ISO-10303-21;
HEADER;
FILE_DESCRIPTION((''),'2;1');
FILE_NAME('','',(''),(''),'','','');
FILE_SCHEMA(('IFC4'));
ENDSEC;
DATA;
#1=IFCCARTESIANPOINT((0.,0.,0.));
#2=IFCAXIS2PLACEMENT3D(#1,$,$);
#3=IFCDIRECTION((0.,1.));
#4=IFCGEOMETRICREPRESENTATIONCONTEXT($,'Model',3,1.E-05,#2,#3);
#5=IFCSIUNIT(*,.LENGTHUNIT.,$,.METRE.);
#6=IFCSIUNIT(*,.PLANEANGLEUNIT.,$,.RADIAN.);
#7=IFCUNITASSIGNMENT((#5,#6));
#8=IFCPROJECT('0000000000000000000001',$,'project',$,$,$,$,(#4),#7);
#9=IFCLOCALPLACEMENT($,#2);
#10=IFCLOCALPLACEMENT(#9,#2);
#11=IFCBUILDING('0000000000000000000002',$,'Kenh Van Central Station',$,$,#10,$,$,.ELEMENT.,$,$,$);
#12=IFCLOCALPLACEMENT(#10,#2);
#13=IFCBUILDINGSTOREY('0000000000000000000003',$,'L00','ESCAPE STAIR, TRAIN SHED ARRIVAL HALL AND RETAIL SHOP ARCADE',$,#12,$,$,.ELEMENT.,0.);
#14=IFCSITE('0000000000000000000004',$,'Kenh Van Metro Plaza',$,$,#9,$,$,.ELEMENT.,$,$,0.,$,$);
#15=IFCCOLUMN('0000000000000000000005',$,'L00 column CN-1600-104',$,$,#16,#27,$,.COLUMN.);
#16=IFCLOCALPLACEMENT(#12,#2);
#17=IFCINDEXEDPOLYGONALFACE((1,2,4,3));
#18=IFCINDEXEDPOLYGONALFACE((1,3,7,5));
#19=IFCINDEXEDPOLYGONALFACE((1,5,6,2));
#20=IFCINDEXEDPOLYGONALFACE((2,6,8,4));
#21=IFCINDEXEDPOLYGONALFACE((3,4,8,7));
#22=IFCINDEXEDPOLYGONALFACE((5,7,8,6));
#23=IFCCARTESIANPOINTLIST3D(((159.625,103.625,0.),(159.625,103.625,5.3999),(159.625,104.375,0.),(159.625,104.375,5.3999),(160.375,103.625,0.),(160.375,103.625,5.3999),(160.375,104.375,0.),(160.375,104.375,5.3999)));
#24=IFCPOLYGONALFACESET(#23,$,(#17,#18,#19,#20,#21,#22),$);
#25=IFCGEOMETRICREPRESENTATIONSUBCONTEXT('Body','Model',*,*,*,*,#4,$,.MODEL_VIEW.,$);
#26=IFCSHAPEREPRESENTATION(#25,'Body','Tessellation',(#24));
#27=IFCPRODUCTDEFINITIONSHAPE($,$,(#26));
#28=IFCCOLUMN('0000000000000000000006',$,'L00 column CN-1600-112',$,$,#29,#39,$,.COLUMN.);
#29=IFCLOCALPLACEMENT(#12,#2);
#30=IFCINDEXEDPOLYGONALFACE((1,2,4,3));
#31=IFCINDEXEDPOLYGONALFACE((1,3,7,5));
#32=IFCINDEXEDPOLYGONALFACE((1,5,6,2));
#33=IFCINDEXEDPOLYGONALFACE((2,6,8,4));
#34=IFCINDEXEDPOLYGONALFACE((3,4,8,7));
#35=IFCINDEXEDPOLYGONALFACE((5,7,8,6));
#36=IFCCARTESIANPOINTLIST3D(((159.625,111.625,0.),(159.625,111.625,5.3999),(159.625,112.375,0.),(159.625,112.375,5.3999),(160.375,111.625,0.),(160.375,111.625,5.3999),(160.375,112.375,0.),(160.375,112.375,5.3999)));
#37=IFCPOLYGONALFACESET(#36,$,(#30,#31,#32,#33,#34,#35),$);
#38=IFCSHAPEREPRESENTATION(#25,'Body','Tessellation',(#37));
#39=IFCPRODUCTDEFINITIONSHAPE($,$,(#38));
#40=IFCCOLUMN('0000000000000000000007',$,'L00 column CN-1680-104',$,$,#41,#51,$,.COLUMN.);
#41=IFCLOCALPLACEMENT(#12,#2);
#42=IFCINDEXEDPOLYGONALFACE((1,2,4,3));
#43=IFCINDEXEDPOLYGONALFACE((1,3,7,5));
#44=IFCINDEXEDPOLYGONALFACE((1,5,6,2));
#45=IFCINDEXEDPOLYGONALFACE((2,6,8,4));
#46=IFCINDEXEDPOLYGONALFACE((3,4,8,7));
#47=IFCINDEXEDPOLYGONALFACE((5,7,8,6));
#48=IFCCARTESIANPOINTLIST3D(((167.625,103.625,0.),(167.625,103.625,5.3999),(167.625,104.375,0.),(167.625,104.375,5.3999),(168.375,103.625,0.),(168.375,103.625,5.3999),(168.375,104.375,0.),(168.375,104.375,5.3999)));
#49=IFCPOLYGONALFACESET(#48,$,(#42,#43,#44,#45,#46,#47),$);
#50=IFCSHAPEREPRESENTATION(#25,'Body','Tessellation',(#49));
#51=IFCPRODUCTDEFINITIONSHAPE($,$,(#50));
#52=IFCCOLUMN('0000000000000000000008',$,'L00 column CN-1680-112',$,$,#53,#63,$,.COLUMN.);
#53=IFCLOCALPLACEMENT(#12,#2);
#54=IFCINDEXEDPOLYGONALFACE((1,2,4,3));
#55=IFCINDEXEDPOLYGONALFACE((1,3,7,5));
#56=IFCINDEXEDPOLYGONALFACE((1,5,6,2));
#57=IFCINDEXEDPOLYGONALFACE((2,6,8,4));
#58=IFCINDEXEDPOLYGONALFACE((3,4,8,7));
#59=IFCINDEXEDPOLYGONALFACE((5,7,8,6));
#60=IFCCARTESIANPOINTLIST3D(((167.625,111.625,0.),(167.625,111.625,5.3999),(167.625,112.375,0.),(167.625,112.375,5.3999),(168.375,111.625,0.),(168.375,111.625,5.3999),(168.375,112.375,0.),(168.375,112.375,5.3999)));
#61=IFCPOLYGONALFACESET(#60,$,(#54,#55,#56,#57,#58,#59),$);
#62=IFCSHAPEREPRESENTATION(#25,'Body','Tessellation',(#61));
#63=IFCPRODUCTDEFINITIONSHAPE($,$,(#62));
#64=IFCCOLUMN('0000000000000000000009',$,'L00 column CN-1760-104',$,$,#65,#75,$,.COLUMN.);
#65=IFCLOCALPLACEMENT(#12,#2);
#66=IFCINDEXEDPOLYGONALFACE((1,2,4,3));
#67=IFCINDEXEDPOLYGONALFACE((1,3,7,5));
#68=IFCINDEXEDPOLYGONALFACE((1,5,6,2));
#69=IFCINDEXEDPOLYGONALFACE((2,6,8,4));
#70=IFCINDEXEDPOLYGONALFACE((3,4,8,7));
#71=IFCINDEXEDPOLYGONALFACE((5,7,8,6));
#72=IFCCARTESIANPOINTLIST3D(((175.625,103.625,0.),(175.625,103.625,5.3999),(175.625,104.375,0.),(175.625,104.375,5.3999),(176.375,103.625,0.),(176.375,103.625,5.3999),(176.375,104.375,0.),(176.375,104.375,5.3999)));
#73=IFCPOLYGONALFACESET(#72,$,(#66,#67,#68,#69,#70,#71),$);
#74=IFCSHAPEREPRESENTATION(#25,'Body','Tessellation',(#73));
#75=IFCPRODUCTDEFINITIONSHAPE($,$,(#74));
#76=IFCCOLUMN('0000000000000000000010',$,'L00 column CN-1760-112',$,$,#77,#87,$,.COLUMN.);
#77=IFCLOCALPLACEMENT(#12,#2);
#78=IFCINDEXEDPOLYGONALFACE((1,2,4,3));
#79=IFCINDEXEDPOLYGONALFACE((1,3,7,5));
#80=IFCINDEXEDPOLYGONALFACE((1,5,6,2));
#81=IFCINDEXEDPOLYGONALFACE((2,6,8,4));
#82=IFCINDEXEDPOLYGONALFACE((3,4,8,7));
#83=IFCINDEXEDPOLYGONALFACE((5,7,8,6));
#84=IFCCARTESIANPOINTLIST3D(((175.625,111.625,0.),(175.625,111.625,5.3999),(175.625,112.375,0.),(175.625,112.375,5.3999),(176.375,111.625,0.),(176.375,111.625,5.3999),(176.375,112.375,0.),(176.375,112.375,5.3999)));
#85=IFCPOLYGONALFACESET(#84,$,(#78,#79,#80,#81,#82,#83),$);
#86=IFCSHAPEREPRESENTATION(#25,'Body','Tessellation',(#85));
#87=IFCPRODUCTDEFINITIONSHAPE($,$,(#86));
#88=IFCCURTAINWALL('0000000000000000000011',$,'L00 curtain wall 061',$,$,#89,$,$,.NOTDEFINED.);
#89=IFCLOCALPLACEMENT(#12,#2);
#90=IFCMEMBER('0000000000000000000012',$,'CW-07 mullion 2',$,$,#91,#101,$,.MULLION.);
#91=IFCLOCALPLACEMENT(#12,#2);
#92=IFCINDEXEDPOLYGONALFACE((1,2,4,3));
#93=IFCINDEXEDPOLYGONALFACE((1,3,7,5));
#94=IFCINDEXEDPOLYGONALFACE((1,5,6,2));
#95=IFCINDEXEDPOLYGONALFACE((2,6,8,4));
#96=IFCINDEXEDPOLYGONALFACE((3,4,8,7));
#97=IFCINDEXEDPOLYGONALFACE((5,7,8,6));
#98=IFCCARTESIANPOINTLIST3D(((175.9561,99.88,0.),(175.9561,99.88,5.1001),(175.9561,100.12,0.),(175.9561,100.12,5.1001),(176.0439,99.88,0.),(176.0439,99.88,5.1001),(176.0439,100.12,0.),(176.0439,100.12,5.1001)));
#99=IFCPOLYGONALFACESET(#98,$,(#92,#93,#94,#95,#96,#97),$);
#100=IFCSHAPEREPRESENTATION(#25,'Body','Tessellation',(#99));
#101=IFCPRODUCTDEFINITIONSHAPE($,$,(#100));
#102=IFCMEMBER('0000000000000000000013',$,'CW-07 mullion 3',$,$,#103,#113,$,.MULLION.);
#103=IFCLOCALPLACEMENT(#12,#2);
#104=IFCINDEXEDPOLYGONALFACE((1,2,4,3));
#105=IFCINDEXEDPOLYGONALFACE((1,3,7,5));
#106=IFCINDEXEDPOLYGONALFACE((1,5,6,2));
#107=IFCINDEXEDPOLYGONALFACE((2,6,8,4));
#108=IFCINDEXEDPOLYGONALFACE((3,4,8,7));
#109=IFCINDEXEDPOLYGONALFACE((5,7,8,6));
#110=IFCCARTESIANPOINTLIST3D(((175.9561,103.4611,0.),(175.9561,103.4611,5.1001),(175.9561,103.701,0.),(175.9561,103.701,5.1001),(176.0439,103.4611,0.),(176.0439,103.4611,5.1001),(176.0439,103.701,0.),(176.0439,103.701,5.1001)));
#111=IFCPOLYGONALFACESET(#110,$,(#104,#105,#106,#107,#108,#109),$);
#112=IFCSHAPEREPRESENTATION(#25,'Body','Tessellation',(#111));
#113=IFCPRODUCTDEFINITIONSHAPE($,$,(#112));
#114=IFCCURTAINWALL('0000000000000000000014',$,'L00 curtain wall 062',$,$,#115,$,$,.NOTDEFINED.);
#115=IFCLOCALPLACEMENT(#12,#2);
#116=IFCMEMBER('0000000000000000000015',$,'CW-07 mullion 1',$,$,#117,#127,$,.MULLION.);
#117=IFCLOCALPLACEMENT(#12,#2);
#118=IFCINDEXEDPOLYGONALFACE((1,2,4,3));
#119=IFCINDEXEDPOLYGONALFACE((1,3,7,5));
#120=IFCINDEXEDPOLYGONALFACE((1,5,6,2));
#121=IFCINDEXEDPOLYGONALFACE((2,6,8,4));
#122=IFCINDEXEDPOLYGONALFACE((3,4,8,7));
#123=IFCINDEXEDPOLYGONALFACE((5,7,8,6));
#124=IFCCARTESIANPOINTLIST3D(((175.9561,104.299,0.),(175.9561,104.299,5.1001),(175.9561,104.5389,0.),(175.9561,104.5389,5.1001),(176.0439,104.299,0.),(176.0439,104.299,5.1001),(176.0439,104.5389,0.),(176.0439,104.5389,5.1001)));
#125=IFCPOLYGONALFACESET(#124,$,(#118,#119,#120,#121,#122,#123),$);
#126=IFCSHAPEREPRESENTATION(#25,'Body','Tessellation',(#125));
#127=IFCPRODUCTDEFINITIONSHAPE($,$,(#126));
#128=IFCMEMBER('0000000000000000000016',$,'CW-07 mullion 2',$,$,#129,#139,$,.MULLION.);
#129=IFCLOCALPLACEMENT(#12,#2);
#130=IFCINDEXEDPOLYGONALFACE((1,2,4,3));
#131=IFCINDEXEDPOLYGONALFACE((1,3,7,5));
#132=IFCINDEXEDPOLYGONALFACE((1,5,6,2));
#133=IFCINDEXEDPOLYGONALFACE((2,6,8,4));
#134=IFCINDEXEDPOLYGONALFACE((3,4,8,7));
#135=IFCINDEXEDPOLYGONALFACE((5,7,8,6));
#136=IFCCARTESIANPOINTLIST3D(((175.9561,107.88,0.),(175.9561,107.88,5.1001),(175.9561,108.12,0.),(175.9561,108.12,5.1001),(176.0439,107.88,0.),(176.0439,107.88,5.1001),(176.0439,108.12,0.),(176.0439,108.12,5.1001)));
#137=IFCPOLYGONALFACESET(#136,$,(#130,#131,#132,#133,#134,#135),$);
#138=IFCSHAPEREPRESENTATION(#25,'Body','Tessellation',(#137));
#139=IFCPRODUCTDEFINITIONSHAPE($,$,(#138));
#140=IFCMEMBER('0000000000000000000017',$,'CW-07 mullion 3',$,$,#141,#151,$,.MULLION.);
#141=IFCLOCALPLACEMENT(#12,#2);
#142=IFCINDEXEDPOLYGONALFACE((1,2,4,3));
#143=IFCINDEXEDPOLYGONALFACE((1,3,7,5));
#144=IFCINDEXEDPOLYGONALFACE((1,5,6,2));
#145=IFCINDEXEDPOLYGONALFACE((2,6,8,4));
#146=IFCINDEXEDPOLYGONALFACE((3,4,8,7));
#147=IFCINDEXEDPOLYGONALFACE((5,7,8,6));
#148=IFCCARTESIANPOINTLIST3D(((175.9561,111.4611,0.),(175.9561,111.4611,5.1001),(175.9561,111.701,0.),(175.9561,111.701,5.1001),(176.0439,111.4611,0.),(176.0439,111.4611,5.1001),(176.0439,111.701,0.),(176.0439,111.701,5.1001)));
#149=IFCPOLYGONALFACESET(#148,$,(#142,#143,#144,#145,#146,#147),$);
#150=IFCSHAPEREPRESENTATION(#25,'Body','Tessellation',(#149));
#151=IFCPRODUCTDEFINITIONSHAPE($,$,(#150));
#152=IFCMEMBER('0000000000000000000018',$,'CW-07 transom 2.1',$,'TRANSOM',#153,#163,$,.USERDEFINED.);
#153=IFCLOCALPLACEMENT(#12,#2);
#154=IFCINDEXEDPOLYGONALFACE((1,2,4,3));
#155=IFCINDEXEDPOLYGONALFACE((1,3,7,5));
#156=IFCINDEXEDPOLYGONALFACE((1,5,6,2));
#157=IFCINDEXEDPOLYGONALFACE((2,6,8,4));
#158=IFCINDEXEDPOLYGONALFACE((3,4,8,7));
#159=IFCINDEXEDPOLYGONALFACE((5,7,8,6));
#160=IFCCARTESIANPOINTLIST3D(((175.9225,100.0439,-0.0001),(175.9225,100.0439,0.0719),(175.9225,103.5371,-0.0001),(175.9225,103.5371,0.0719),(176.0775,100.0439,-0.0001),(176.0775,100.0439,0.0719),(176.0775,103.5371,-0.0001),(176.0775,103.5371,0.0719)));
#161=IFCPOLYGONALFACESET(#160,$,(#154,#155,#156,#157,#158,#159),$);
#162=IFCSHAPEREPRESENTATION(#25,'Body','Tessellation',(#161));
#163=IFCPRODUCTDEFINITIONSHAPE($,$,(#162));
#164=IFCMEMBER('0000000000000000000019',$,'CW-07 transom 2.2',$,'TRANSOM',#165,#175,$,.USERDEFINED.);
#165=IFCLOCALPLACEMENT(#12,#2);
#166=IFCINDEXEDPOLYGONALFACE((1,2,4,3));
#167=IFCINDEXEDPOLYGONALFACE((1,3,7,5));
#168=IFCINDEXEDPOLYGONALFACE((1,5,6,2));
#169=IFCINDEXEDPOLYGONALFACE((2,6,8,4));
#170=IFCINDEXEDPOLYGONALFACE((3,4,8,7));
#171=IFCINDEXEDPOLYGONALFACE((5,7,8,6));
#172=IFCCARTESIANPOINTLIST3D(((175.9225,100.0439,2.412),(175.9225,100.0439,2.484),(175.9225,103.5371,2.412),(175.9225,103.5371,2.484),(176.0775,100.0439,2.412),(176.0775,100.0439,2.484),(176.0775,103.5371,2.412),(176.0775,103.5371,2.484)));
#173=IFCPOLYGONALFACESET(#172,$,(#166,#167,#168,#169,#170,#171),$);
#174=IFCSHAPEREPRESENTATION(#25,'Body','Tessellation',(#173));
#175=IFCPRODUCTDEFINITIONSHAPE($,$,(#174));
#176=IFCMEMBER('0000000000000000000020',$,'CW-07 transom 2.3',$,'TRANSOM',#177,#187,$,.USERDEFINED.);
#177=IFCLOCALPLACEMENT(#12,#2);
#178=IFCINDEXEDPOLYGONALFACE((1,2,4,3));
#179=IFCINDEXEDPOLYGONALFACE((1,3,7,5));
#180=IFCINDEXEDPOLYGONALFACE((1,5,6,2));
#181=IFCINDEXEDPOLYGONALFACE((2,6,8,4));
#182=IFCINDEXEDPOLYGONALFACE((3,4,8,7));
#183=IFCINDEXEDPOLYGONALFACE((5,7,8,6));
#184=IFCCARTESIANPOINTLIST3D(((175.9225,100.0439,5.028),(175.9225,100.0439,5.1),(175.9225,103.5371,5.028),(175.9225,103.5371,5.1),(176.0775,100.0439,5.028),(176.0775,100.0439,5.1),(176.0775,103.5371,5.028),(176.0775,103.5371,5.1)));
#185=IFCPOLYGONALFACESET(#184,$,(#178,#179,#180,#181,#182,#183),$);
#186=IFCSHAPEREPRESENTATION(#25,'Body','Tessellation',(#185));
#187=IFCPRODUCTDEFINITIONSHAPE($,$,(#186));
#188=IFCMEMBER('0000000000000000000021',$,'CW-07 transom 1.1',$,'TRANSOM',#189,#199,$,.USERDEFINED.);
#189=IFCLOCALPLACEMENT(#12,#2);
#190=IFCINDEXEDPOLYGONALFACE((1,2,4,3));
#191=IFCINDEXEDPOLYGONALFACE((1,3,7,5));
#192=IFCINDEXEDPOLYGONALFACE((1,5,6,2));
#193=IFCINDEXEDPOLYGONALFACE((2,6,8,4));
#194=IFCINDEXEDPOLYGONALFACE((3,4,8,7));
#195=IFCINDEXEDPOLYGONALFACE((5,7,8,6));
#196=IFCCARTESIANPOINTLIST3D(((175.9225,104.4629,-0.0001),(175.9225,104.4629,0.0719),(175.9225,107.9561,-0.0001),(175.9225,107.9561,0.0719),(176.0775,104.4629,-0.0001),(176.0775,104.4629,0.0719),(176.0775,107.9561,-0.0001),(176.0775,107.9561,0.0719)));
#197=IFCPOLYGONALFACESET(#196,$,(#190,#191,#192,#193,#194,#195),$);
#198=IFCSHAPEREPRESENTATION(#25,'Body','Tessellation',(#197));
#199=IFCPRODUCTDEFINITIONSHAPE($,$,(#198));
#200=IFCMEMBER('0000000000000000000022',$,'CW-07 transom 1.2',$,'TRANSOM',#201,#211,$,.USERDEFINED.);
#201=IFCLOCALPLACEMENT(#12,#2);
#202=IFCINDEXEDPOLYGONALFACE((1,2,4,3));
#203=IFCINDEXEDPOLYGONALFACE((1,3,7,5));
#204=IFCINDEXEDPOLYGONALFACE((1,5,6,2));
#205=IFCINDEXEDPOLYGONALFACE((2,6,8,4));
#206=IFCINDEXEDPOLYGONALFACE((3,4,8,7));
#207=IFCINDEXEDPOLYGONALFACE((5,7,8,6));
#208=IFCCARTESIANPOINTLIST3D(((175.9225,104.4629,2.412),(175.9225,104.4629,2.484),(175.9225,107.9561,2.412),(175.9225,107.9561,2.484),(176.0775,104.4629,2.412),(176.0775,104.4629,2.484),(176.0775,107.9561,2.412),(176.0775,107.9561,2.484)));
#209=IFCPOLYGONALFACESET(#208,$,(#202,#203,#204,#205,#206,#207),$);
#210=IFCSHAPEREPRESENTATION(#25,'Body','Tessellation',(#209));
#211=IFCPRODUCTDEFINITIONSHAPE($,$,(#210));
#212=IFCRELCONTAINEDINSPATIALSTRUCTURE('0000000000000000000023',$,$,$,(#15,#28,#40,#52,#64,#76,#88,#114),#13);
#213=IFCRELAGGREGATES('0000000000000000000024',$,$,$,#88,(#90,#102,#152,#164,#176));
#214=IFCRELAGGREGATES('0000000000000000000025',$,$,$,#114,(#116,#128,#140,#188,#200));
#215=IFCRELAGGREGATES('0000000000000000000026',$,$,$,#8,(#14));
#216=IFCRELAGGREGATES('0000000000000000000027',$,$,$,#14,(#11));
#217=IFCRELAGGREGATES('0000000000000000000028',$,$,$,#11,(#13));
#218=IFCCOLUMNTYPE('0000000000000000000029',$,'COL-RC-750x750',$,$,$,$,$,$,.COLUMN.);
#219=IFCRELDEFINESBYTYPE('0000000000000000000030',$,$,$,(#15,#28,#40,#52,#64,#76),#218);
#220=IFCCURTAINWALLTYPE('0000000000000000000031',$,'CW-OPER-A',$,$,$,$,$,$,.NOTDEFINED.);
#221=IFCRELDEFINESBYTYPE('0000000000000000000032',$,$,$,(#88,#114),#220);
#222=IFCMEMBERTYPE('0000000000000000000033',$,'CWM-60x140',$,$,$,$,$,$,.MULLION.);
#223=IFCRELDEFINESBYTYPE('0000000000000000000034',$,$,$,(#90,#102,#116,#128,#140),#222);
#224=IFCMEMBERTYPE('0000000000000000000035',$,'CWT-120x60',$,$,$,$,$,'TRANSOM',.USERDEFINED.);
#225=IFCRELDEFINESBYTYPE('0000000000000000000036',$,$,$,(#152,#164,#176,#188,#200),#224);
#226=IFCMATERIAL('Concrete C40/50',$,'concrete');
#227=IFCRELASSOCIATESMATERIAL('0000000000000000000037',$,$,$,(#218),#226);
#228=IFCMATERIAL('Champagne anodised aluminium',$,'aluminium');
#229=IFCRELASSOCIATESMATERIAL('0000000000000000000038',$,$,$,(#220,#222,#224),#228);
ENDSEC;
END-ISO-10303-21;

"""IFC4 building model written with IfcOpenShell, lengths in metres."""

from ifc_helpers import new_model, si_unit, direction, frame, origin, origin_2d, place, context, subcontext, project, spatial, rectangle, extrude, material, material_profile, profile_set, type_object, element, aggregate, save


model = new_model("IFC4")

# Units and contexts
model_context = context("Model", 3, precision=1e-05, world=origin(), true_north=direction((0.0, 1.0)))
body_context = subcontext(model_context, "Body", "Model", "MODEL_VIEW")
ifc_project = project(units=[si_unit("LENGTHUNIT", "METRE"), si_unit("PLANEANGLEUNIT", "RADIAN")], contexts=[model_context])

# Site, building, storey
site_placement = place(None, origin())
site = spatial("IfcSite", under=ifc_project, at=site_placement, Name="Kenh Van Metro Plaza", CompositionType="ELEMENT", RefElevation=0.0)
building_placement = place(site_placement, origin())
building = spatial("IfcBuilding", under=site, at=building_placement, Name="Kenh Van Central Station", CompositionType="ELEMENT")
storey_placement = place(building_placement, origin())
storey = spatial("IfcBuildingStorey", under=building, at=storey_placement, Name="L00", Description="ESCAPE STAIR, TRAIN SHED ARRIVAL HALL AND RETAIL SHOP ARCADE", CompositionType="ELEMENT", Elevation=0.0)

# Columns
ifc_material_1 = material(Name="Concrete C40/50", Category="concrete")
ifc_material_profile_1 = material_profile(ifc_material_1, rectangle(XDim=0.75, YDim=0.75, at=origin_2d()), Name="RC 750x750")
ifc_profile_set_1 = profile_set([ifc_material_profile_1], Name="Concrete C40/50")
column_type = type_object("IfcColumnType", Name="COL-RC-750x750", PredefinedType="COLUMN", material=ifc_profile_set_1)
for number, where, z_axis, x_axis, name in (
    (1, (160.0, 104.0, 0.0), (0.0, 0.0, 1.0), (1.0, 0.0, 0.0), "L00 column CN-1600-104"),
    (2, (160.0, 112.0, 0.0), (0.0, 0.0, 1.0), (1.0, 0.0, 0.0), "L00 column CN-1600-112"),
    (3, (168.0, 104.0, 0.0), (0.0, 0.0, 1.0), (1.0, 0.0, 0.0), "L00 column CN-1680-104"),
    (4, (168.0, 112.0, 0.0), (0.0, 0.0, 1.0), (1.0, 0.0, 0.0), "L00 column CN-1680-112"),
    (5, (176.0, 104.0, 0.0), (0.0, 0.0, 1.0), (1.0, 0.0, 0.0), "L00 column CN-1760-104"),
    (6, (176.0, 112.0, 0.0), (0.0, 0.0, 1.0), (1.0, 0.0, 0.0), "L00 column CN-1760-112"),
):
    element("IfcColumn", number, at=place(storey_placement, frame(where, z_axis=z_axis, x_axis=x_axis)), inside=storey, type_object=column_type, Name=name, PredefinedType="COLUMN", context=body_context, shape_type="SweptSolid", body=[
        extrude(rectangle(XDim=0.75, YDim=0.75, at=origin_2d()), origin(), (0.0, 0.0, 1.0), 5.3999),
    ])

# Curtain walls, members
ifc_material_2 = material(Name="Champagne anodised aluminium", Category="aluminium")
curtain_wall_type = type_object("IfcCurtainWallType", Name="CW-OPER-A", PredefinedType="NOTDEFINED", material=ifc_material_2)
curtain_wall_1_placement = place(storey_placement, origin())
curtain_wall_1 = element("IfcCurtainWall", 7, at=curtain_wall_1_placement, inside=storey, type_object=curtain_wall_type, Name="L00 curtain wall 061", PredefinedType="NOTDEFINED")
ifc_material_profile_2 = material_profile(ifc_material_2, rectangle(XDim=0.0879, YDim=0.24, at=origin_2d()), Name="AL 88x240")
ifc_profile_set_2 = profile_set([ifc_material_profile_2], Name="Champagne anodised aluminium")
member_type_1 = type_object("IfcMemberType", Name="CWM-60x140", PredefinedType="MULLION", material=ifc_profile_set_2)
member_1_placement = place(storey_placement, frame((176.0, 100.0, 0.0), z_axis=(0.0, 0.0, 1.0), x_axis=(-1.0, 0.0, 0.0)))
member_1 = element("IfcMember", 8, at=member_1_placement, type_object=member_type_1, Name="CW-07 mullion 2", PredefinedType="MULLION", context=body_context, shape_type="SweptSolid", body=[
    extrude(rectangle(XDim=0.0879, YDim=0.24, at=origin_2d()), origin(), (0.0, 0.0, 1.0), 5.1001),
])
member_2_placement = place(storey_placement, frame((176.0, 103.5811, 0.0), z_axis=(0.0, 0.0, 1.0), x_axis=(-1.0, 0.0, 0.0)))
member_2 = element("IfcMember", 9, at=member_2_placement, type_object=member_type_1, Name="CW-07 mullion 3", PredefinedType="MULLION", context=body_context, shape_type="SweptSolid", body=[
    extrude(rectangle(XDim=0.0879, YDim=0.24, at=origin_2d()), origin(), (0.0, 0.0, 1.0), 5.1001),
])
curtain_wall_2_placement = place(storey_placement, origin())
curtain_wall_2 = element("IfcCurtainWall", 10, at=curtain_wall_2_placement, inside=storey, type_object=curtain_wall_type, Name="L00 curtain wall 062", PredefinedType="NOTDEFINED")
member_3_placement = place(storey_placement, frame((176.0, 104.4189, 0.0), z_axis=(0.0, 0.0, 1.0), x_axis=(-1.0, 0.0, 0.0)))
member_3 = element("IfcMember", 11, at=member_3_placement, type_object=member_type_1, Name="CW-07 mullion 1", PredefinedType="MULLION", context=body_context, shape_type="SweptSolid", body=[
    extrude(rectangle(XDim=0.0879, YDim=0.24, at=origin_2d()), origin(), (0.0, 0.0, 1.0), 5.1001),
])
member_4_placement = place(storey_placement, frame((176.0, 108.0, 0.0), z_axis=(0.0, 0.0, 1.0), x_axis=(-1.0, 0.0, 0.0)))
member_4 = element("IfcMember", 12, at=member_4_placement, type_object=member_type_1, Name="CW-07 mullion 2", PredefinedType="MULLION", context=body_context, shape_type="SweptSolid", body=[
    extrude(rectangle(XDim=0.0879, YDim=0.24, at=origin_2d()), origin(), (0.0, 0.0, 1.0), 5.1001),
])
member_5_placement = place(storey_placement, frame((176.0, 111.5811, 0.0), z_axis=(0.0, 0.0, 1.0), x_axis=(-1.0, 0.0, 0.0)))
member_5 = element("IfcMember", 13, at=member_5_placement, type_object=member_type_1, Name="CW-07 mullion 3", PredefinedType="MULLION", context=body_context, shape_type="SweptSolid", body=[
    extrude(rectangle(XDim=0.0879, YDim=0.24, at=origin_2d()), origin(), (0.0, 0.0, 1.0), 5.1001),
])

# Members
ifc_material_profile_3 = material_profile(ifc_material_2, rectangle(XDim=0.155, YDim=0.072, at=origin_2d()), Name="AL 155x72")
ifc_profile_set_3 = profile_set([ifc_material_profile_3], Name="Champagne anodised aluminium")
member_type_2 = type_object("IfcMemberType", Name="CWT-120x60", ElementType="TRANSOM", PredefinedType="USERDEFINED", material=ifc_profile_set_3)
member_6_placement = place(storey_placement, frame((176.0, 100.0439, 0.0359), z_axis=(0.0, 1.0, 0.0), x_axis=(-1.0, 0.0, 0.0)))
member_6 = element("IfcMember", 14, at=member_6_placement, type_object=member_type_2, Name="CW-07 transom 2.1", ObjectType="TRANSOM", PredefinedType="USERDEFINED", context=body_context, shape_type="SweptSolid", body=[
    extrude(rectangle(XDim=0.155, YDim=0.072, at=origin_2d()), origin(), (0.0, 0.0, 1.0), 3.4932),
])
member_7_placement = place(storey_placement, frame((176.0, 100.0439, 2.448), z_axis=(0.0, 1.0, 0.0), x_axis=(-1.0, 0.0, 0.0)))
member_7 = element("IfcMember", 15, at=member_7_placement, type_object=member_type_2, Name="CW-07 transom 2.2", ObjectType="TRANSOM", PredefinedType="USERDEFINED", context=body_context, shape_type="SweptSolid", body=[
    extrude(rectangle(XDim=0.155, YDim=0.072, at=origin_2d()), origin(), (0.0, 0.0, 1.0), 3.4932),
])
member_8_placement = place(storey_placement, frame((176.0, 100.0439, 5.064), z_axis=(0.0, 1.0, 0.0), x_axis=(-1.0, 0.0, 0.0)))
member_8 = element("IfcMember", 16, at=member_8_placement, type_object=member_type_2, Name="CW-07 transom 2.3", ObjectType="TRANSOM", PredefinedType="USERDEFINED", context=body_context, shape_type="SweptSolid", body=[
    extrude(rectangle(XDim=0.155, YDim=0.072, at=origin_2d()), origin(), (0.0, 0.0, 1.0), 3.4932),
])
member_9_placement = place(storey_placement, frame((176.0, 104.4629, 0.0359), z_axis=(0.0, 1.0, 0.0), x_axis=(-1.0, 0.0, 0.0)))
member_9 = element("IfcMember", 17, at=member_9_placement, type_object=member_type_2, Name="CW-07 transom 1.1", ObjectType="TRANSOM", PredefinedType="USERDEFINED", context=body_context, shape_type="SweptSolid", body=[
    extrude(rectangle(XDim=0.155, YDim=0.072, at=origin_2d()), origin(), (0.0, 0.0, 1.0), 3.4932),
])
member_10_placement = place(storey_placement, frame((176.0, 104.4629, 2.448), z_axis=(0.0, 1.0, 0.0), x_axis=(-1.0, 0.0, 0.0)))
member_10 = element("IfcMember", 18, at=member_10_placement, type_object=member_type_2, Name="CW-07 transom 1.2", ObjectType="TRANSOM", PredefinedType="USERDEFINED", context=body_context, shape_type="SweptSolid", body=[
    extrude(rectangle(XDim=0.155, YDim=0.072, at=origin_2d()), origin(), (0.0, 0.0, 1.0), 3.4932),
])

aggregate(curtain_wall_1, [member_1, member_2, member_6, member_7, member_8])
aggregate(curtain_wall_2, [member_3, member_4, member_5, member_9, member_10])

save(model, "model.ifc")
